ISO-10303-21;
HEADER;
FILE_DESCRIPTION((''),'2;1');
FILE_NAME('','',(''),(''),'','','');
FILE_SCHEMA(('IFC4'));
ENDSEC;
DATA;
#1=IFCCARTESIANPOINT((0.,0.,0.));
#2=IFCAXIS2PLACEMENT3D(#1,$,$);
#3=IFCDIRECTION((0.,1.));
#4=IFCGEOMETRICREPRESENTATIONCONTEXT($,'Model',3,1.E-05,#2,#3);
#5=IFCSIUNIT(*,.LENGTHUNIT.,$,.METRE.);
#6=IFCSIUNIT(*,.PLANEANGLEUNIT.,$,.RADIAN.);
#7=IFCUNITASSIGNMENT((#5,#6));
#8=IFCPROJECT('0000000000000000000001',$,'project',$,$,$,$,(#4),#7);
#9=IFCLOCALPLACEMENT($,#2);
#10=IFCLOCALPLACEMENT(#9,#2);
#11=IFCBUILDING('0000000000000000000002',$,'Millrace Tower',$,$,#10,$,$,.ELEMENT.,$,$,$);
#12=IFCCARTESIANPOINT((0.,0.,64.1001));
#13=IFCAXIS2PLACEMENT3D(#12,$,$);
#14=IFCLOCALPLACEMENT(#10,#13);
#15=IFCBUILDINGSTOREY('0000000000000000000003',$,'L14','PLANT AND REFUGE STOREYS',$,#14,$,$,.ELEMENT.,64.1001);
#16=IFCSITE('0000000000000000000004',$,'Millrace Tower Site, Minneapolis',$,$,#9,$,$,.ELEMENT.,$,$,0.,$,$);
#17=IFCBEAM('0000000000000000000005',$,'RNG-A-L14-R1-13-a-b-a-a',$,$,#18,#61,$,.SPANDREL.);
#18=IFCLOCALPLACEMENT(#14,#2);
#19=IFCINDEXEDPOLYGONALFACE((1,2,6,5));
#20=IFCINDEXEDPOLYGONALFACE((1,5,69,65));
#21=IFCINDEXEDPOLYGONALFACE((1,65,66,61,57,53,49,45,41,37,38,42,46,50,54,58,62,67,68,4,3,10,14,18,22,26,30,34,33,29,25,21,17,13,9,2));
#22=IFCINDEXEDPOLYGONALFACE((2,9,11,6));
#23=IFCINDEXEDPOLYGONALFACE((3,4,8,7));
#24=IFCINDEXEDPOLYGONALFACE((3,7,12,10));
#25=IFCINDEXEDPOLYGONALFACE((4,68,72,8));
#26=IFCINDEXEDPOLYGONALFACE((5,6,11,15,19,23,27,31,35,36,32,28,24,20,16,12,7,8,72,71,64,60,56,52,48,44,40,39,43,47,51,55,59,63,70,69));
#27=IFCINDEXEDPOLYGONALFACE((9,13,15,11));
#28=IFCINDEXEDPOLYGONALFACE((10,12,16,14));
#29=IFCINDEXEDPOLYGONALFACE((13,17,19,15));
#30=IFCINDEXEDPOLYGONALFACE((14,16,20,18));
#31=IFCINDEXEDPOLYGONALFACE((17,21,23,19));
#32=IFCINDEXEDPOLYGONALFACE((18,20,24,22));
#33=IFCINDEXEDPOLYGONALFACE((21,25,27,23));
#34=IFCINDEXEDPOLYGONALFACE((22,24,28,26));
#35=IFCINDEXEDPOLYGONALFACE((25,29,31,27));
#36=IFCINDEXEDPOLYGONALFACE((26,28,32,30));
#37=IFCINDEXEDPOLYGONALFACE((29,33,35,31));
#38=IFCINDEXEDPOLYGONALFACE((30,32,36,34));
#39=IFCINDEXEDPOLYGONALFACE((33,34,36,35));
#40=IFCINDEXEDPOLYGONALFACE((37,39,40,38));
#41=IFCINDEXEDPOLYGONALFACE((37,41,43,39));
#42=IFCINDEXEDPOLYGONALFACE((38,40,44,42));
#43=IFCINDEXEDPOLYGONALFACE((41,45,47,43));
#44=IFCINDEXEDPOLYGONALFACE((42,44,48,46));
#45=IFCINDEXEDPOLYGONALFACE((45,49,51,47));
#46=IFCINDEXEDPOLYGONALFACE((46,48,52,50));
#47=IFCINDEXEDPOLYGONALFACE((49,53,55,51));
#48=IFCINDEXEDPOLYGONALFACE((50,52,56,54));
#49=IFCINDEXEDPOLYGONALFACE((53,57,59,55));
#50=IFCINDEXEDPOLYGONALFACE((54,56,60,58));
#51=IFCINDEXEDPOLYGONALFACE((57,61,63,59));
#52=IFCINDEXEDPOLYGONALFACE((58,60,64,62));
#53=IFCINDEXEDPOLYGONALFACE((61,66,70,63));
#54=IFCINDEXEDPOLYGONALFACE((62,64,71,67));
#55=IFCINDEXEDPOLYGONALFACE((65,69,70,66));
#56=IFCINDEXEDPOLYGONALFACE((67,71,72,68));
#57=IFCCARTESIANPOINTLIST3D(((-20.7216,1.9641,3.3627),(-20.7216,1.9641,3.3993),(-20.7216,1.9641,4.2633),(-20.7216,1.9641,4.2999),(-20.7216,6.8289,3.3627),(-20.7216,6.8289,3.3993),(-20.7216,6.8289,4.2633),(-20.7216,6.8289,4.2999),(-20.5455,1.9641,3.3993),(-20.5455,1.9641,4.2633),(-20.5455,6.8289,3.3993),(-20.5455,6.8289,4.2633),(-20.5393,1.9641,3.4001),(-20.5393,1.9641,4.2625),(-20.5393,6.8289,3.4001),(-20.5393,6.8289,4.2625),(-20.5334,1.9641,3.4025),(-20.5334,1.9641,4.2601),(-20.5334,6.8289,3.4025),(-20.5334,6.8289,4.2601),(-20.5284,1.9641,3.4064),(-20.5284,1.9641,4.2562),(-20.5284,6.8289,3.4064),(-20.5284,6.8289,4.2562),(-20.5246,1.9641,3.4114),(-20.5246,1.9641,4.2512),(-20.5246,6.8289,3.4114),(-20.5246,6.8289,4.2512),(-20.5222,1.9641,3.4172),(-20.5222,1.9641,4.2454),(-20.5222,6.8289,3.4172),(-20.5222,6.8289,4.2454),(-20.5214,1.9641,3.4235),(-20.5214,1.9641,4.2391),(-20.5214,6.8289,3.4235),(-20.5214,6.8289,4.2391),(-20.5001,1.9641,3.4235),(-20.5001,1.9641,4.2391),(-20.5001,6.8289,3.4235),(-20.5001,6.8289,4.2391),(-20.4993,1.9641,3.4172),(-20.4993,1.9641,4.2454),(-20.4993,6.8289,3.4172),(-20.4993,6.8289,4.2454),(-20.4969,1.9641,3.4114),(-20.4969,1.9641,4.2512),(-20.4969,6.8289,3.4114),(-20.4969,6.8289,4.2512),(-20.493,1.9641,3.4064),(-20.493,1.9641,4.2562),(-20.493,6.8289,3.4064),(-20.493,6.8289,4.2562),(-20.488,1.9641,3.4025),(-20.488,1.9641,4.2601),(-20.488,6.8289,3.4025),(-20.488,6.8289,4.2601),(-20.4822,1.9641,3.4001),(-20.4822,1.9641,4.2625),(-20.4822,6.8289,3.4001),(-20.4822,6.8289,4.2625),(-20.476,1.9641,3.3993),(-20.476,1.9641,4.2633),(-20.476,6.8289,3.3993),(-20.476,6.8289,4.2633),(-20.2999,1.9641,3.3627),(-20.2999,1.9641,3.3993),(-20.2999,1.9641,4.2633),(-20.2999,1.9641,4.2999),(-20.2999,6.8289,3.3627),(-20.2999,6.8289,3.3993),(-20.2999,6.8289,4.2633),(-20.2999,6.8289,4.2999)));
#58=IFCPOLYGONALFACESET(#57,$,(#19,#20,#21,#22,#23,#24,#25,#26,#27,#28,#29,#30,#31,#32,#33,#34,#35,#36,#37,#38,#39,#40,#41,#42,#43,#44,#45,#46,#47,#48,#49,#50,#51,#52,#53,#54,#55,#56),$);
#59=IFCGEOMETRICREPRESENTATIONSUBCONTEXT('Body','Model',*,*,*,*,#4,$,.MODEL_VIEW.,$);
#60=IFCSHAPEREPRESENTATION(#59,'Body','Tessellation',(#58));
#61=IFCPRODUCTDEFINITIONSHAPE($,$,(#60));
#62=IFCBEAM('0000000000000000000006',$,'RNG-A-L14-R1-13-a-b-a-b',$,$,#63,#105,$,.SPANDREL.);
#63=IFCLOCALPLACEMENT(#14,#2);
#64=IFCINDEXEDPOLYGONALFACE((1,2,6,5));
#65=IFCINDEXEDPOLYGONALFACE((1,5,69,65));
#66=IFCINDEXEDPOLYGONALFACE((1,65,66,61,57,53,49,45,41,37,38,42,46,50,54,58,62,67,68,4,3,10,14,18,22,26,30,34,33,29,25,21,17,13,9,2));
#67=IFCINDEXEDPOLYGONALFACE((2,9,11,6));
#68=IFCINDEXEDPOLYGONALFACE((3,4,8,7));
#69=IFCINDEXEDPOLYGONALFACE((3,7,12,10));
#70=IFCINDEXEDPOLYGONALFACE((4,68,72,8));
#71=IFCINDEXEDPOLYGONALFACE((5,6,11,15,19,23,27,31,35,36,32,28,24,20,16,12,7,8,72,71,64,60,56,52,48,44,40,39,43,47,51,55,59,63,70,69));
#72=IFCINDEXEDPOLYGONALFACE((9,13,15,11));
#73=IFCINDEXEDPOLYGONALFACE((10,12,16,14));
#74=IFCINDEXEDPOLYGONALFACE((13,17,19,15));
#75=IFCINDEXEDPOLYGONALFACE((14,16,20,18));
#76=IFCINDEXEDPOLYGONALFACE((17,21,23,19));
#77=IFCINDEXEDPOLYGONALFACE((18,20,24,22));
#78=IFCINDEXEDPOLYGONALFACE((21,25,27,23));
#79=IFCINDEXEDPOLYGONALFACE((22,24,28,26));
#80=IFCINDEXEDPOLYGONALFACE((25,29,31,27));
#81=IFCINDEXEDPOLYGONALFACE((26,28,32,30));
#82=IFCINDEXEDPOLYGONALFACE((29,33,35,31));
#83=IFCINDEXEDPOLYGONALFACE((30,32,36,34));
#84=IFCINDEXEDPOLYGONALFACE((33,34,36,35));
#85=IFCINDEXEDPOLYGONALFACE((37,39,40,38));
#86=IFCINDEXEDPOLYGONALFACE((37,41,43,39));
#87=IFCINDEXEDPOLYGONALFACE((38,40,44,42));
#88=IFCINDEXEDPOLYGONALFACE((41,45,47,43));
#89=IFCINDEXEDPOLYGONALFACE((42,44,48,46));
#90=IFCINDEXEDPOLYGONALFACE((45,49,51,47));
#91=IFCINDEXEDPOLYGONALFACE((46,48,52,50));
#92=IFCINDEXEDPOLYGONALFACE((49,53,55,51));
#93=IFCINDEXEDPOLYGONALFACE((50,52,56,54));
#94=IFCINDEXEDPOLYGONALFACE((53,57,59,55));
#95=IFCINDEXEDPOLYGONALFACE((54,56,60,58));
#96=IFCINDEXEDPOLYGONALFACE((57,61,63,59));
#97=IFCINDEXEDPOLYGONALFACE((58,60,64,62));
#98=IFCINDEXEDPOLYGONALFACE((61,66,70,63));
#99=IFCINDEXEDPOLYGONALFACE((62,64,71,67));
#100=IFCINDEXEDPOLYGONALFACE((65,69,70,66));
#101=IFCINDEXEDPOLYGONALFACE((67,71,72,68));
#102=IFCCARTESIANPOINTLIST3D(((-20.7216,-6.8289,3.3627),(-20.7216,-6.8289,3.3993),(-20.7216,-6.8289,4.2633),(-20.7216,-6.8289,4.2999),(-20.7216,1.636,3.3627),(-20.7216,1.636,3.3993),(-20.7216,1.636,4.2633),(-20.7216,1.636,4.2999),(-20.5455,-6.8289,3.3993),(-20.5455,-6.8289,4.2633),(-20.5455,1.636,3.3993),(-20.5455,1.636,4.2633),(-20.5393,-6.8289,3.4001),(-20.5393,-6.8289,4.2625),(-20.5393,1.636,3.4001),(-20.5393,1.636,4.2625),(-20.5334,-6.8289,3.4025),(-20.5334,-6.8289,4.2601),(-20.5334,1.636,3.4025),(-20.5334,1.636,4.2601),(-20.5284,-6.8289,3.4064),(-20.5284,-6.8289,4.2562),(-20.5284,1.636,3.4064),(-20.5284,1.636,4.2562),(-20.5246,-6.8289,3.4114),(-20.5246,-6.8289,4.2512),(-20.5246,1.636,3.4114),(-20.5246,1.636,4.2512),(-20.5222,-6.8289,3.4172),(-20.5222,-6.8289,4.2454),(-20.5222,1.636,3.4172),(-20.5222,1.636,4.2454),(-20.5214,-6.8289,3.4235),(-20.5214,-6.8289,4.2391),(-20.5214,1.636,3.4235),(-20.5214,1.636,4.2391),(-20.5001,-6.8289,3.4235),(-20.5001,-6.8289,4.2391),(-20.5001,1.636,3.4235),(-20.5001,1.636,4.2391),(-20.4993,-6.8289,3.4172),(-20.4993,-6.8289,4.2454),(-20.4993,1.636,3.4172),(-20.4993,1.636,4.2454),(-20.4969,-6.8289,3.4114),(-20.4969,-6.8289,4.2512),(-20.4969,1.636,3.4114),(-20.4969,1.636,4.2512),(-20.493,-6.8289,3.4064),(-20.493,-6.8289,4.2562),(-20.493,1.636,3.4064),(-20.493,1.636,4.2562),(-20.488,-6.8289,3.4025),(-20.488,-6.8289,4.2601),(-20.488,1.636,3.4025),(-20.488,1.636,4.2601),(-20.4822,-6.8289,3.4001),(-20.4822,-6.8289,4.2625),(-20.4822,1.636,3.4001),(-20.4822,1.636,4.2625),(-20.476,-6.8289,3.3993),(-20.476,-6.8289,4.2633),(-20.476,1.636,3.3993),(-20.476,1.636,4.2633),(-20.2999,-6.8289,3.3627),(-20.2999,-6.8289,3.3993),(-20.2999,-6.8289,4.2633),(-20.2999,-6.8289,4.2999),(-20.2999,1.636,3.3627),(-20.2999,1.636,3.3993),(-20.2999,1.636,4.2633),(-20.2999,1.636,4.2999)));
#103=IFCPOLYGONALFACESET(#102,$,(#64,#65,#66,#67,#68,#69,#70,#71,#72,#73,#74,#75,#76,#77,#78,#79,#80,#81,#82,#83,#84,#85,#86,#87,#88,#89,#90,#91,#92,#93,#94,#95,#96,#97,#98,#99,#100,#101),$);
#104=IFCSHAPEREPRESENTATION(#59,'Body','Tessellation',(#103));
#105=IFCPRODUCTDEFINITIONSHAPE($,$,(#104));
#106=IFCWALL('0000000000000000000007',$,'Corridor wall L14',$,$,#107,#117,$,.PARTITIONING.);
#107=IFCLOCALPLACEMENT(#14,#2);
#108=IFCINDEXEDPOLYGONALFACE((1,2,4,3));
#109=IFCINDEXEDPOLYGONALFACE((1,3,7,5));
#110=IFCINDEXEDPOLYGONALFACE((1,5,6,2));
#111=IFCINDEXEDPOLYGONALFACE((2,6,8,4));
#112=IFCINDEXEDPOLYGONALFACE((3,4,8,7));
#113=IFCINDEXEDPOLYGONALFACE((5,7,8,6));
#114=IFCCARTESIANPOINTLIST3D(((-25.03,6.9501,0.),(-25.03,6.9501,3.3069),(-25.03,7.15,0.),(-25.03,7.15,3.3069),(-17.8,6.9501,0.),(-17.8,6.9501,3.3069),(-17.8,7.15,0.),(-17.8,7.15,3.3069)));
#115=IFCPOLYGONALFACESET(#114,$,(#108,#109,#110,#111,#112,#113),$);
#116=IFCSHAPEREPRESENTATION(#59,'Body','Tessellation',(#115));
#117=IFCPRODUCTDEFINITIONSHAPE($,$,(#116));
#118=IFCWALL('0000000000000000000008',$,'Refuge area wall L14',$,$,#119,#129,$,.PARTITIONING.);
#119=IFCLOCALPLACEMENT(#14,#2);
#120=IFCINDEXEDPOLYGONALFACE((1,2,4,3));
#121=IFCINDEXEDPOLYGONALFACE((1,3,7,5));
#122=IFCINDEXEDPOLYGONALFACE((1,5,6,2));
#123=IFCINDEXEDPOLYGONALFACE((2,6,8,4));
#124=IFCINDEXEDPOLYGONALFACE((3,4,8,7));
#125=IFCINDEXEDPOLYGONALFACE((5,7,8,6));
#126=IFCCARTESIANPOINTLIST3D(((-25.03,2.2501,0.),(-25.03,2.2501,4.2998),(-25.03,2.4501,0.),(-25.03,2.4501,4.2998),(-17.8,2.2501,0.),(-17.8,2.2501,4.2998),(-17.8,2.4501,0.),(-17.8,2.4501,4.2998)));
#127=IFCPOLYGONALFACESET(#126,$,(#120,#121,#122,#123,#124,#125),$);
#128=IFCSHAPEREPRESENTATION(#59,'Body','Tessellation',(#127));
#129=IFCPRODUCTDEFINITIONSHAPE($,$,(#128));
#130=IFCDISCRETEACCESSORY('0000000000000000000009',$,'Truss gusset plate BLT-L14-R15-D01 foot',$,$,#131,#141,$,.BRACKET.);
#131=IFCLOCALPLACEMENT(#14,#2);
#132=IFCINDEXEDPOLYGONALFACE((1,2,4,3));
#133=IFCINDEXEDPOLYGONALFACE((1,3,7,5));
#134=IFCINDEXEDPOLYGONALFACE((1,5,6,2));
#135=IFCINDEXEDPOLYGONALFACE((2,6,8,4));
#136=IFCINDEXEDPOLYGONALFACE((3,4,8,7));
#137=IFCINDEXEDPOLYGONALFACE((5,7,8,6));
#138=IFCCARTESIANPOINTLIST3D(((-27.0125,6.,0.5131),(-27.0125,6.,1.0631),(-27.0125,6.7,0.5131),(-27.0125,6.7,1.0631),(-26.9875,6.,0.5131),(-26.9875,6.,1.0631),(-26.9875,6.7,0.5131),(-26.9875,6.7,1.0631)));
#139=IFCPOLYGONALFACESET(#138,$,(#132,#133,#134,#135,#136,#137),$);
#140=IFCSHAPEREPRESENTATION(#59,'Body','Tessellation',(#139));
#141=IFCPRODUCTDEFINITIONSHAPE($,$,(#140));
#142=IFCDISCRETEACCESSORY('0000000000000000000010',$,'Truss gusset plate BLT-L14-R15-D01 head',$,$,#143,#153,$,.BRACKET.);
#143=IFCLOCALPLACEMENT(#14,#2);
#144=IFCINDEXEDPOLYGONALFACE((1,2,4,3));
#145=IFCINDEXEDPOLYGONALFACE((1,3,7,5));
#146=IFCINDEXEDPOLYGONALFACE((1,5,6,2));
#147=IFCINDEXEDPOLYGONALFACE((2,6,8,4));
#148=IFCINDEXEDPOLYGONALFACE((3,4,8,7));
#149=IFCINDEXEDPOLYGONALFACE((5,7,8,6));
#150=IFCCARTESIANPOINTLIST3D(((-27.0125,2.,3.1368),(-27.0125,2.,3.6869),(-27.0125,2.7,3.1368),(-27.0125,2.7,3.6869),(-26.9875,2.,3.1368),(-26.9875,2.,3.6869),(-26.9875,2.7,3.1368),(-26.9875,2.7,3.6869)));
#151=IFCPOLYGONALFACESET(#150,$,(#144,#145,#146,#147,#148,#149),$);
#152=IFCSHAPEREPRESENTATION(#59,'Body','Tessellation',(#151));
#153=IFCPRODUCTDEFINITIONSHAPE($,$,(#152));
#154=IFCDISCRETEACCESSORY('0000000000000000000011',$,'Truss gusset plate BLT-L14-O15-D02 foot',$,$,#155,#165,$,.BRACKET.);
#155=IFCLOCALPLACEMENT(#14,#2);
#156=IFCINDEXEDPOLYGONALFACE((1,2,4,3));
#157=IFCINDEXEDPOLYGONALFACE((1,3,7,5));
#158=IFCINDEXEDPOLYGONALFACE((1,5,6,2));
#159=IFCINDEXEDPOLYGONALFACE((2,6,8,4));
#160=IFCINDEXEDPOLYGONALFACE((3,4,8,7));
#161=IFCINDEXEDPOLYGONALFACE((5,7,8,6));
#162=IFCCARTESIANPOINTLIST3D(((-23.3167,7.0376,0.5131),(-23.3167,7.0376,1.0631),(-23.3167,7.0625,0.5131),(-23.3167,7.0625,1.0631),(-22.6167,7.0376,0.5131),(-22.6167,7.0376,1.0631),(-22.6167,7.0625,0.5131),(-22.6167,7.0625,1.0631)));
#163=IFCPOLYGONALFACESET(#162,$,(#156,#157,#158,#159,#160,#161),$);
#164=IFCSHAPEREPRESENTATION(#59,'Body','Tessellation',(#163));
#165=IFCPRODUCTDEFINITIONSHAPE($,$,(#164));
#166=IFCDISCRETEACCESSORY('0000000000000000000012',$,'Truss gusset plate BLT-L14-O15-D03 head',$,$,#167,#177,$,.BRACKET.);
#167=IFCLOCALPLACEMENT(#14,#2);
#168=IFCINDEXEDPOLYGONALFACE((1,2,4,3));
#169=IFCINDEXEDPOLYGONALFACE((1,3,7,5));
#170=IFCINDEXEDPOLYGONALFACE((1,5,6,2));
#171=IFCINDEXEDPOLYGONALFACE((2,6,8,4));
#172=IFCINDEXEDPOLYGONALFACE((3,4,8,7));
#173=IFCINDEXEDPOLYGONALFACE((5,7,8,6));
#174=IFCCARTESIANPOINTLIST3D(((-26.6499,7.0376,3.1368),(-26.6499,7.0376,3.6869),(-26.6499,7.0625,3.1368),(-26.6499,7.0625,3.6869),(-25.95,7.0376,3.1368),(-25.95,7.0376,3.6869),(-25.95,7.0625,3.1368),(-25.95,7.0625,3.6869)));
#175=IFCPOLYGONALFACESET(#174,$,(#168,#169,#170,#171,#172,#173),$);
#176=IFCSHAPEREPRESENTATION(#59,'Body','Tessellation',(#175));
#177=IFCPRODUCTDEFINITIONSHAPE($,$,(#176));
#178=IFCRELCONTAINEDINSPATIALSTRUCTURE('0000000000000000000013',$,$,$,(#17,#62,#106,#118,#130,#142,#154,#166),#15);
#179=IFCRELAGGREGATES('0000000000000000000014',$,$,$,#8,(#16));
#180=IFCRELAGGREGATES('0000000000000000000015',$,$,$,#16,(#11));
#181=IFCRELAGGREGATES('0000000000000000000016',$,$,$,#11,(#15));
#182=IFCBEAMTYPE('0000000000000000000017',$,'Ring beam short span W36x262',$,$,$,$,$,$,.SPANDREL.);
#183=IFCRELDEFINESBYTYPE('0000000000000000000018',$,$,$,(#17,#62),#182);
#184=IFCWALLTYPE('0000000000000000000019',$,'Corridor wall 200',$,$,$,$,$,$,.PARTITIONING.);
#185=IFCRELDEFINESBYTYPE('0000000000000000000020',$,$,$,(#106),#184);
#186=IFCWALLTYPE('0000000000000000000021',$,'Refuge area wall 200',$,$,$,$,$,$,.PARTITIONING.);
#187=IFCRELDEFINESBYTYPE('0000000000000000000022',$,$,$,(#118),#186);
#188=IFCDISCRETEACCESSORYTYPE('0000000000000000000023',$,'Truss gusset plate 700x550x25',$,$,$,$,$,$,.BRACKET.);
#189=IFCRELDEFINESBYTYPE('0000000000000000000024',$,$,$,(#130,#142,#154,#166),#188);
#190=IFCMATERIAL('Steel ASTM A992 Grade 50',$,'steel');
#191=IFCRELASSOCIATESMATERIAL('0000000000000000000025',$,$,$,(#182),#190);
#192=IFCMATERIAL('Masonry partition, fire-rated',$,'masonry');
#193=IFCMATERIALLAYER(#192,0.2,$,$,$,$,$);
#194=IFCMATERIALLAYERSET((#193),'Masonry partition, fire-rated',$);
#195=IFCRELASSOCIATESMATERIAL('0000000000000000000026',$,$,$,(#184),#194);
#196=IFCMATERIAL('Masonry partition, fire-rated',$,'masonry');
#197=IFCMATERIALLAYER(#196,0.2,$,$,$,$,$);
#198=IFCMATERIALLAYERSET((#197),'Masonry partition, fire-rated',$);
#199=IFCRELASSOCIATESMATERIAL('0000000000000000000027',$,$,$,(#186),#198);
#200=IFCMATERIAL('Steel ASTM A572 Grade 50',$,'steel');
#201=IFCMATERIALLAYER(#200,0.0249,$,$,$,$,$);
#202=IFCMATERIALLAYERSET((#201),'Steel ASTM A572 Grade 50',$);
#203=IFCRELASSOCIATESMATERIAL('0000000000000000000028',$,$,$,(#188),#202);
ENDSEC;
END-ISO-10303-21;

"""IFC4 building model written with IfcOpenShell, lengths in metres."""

from ifc_helpers import new_model, si_unit, direction, frame, frame_2d, origin, origin_2d, place, context, subcontext, project, spatial, rectangle, i_section, extrude, material, layer, layer_set, material_profile, profile_set, type_object, element, save


model = new_model("IFC4")

# Units and contexts
model_context = context("Model", 3, precision=1e-05, world=origin(), true_north=direction((0.0, 1.0)))
body_context = subcontext(model_context, "Body", "Model", "MODEL_VIEW")
ifc_project = project(units=[si_unit("LENGTHUNIT", "METRE"), si_unit("PLANEANGLEUNIT", "RADIAN")], contexts=[model_context])

# Site, building, storey
site_placement = place(None, origin())
site = spatial("IfcSite", under=ifc_project, at=site_placement, Name="Millrace Tower Site, Minneapolis", CompositionType="ELEMENT", RefElevation=0.0)
building_placement = place(site_placement, origin())
building = spatial("IfcBuilding", under=site, at=building_placement, Name="Millrace Tower", CompositionType="ELEMENT")
storey_placement = place(building_placement, frame((0.0, 0.0, 64.1001)))
storey = spatial("IfcBuildingStorey", under=building, at=storey_placement, Name="L14", Description="PLANT AND REFUGE STOREYS", CompositionType="ELEMENT", Elevation=64.1001)

# Beams
ifc_material_1 = material(Name="Steel ASTM A992 Grade 50", Category="steel")
ifc_material_profile_1 = material_profile(ifc_material_1, i_section(OverallWidth=0.4216, OverallDepth=0.9373, WebThickness=0.0212, FlangeThickness=0.0366, FilletRadius=0.0242, at=origin_2d()))
ifc_profile_set_1 = profile_set([ifc_material_profile_1], Name="Steel ASTM A992 Grade 50")
beam_type_1 = type_object("IfcBeamType", Name="Ring beam short span W36x262", PredefinedType="SPANDREL", material=ifc_profile_set_1)
beam_1_placement = place(storey_placement, frame((-20.5107, 6.8289, 3.8313), z_axis=(0.0, -1.0, 0.0), x_axis=(1.0, 0.0, 0.0)))
element("IfcBeam", 1, at=beam_1_placement, inside=storey, type_object=beam_type_1, Name="RNG-A-L14-R1-13-a-b-a-a", PredefinedType="SPANDREL", context=body_context, shape_type="SweptSolid", body=[
    extrude(i_section(OverallWidth=0.4216, OverallDepth=0.9373, WebThickness=0.0212, FlangeThickness=0.0366, FilletRadius=0.0242, at=origin_2d()), origin(), (0.0, 0.0, 1.0), 4.8647),
])
beam_2_placement = place(storey_placement, frame((-20.5107, 1.636, 3.8313), z_axis=(0.0, -1.0, 0.0), x_axis=(1.0, 0.0, 0.0)))
element("IfcBeam", 2, at=beam_2_placement, inside=storey, type_object=beam_type_1, Name="RNG-A-L14-R1-13-a-b-a-b", PredefinedType="SPANDREL", context=body_context, shape_type="SweptSolid", body=[
    extrude(i_section(OverallWidth=0.4216, OverallDepth=0.9373, WebThickness=0.0212, FlangeThickness=0.0366, FilletRadius=0.0242, at=origin_2d()), origin(), (0.0, 0.0, 1.0), 8.4648),
])

# Walls
ifc_material_2 = material(Name="Masonry partition, fire-rated", Category="masonry")
ifc_layer_1 = layer(ifc_material_2, 0.2)
ifc_layer_set_1 = layer_set([ifc_layer_1], Name="Masonry partition, fire-rated")
wall_type_1 = type_object("IfcWallType", Name="Corridor wall 200", PredefinedType="PARTITIONING", material=ifc_layer_set_1)
wall_1_placement = place(storey_placement, frame((-25.03, 7.05, 0.0), z_axis=(0.0, 0.0, 1.0), x_axis=(1.0, 0.0, 0.0)))
element("IfcWall", 3, at=wall_1_placement, inside=storey, type_object=wall_type_1, Name="Corridor wall L14", PredefinedType="PARTITIONING", context=body_context, shape_type="SweptSolid", body=[
    extrude(rectangle(XDim=7.23, YDim=0.2, at=frame_2d((3.615, 0.0))), origin(), (0.0, 0.0, 1.0), 3.3069),
])
ifc_material_3 = material(Name="Masonry partition, fire-rated", Category="masonry")
ifc_layer_2 = layer(ifc_material_3, 0.2)
ifc_layer_set_2 = layer_set([ifc_layer_2], Name="Masonry partition, fire-rated")
wall_type_2 = type_object("IfcWallType", Name="Refuge area wall 200", PredefinedType="PARTITIONING", material=ifc_layer_set_2)
wall_2_placement = place(storey_placement, frame((-25.03, 2.3501, 0.0), z_axis=(0.0, 0.0, 1.0), x_axis=(1.0, 0.0, 0.0)))
element("IfcWall", 4, at=wall_2_placement, inside=storey, type_object=wall_type_2, Name="Refuge area wall L14", PredefinedType="PARTITIONING", context=body_context, shape_type="SweptSolid", body=[
    extrude(rectangle(XDim=7.23, YDim=0.2, at=frame_2d((3.615, 0.0))), origin(), (0.0, 0.0, 1.0), 4.2998),
])

# Discrete accessories
ifc_material_4 = material(Name="Steel ASTM A572 Grade 50", Category="steel")
ifc_layer_3 = layer(ifc_material_4, 0.0249)
ifc_layer_set_3 = layer_set([ifc_layer_3], Name="Steel ASTM A572 Grade 50")
discrete_accessory_type = type_object("IfcDiscreteAccessoryType", Name="Truss gusset plate 700x550x25", PredefinedType="BRACKET", material=ifc_layer_set_3)
for number, where, z_axis, x_axis, name in (
    (5, (-27.0, 6.0, 0.7881), (0.0, 1.0, 0.0), (-1.0, 0.0, 0.0), "Truss gusset plate BLT-L14-R15-D01 foot"),
    (6, (-27.0, 2.0, 3.4119), (0.0, 1.0, 0.0), (-1.0, 0.0, 0.0), "Truss gusset plate BLT-L14-R15-D01 head"),
    (7, (-23.3167, 7.05, 0.7881), (1.0, 0.0, 0.0), (0.0, 1.0, 0.0), "Truss gusset plate BLT-L14-O15-D02 foot"),
    (8, (-26.6499, 7.05, 3.4119), (1.0, 0.0, 0.0), (0.0, 1.0, 0.0), "Truss gusset plate BLT-L14-O15-D03 head"),
):
    element("IfcDiscreteAccessory", number, at=place(storey_placement, frame(where, z_axis=z_axis, x_axis=x_axis)), inside=storey, type_object=discrete_accessory_type, Name=name, PredefinedType="BRACKET", context=body_context, shape_type="SweptSolid", body=[
        extrude(rectangle(XDim=0.0249, YDim=0.55, at=origin_2d()), origin(), (0.0, 0.0, 1.0), 0.7),
    ])

save(model, "model.ifc")
